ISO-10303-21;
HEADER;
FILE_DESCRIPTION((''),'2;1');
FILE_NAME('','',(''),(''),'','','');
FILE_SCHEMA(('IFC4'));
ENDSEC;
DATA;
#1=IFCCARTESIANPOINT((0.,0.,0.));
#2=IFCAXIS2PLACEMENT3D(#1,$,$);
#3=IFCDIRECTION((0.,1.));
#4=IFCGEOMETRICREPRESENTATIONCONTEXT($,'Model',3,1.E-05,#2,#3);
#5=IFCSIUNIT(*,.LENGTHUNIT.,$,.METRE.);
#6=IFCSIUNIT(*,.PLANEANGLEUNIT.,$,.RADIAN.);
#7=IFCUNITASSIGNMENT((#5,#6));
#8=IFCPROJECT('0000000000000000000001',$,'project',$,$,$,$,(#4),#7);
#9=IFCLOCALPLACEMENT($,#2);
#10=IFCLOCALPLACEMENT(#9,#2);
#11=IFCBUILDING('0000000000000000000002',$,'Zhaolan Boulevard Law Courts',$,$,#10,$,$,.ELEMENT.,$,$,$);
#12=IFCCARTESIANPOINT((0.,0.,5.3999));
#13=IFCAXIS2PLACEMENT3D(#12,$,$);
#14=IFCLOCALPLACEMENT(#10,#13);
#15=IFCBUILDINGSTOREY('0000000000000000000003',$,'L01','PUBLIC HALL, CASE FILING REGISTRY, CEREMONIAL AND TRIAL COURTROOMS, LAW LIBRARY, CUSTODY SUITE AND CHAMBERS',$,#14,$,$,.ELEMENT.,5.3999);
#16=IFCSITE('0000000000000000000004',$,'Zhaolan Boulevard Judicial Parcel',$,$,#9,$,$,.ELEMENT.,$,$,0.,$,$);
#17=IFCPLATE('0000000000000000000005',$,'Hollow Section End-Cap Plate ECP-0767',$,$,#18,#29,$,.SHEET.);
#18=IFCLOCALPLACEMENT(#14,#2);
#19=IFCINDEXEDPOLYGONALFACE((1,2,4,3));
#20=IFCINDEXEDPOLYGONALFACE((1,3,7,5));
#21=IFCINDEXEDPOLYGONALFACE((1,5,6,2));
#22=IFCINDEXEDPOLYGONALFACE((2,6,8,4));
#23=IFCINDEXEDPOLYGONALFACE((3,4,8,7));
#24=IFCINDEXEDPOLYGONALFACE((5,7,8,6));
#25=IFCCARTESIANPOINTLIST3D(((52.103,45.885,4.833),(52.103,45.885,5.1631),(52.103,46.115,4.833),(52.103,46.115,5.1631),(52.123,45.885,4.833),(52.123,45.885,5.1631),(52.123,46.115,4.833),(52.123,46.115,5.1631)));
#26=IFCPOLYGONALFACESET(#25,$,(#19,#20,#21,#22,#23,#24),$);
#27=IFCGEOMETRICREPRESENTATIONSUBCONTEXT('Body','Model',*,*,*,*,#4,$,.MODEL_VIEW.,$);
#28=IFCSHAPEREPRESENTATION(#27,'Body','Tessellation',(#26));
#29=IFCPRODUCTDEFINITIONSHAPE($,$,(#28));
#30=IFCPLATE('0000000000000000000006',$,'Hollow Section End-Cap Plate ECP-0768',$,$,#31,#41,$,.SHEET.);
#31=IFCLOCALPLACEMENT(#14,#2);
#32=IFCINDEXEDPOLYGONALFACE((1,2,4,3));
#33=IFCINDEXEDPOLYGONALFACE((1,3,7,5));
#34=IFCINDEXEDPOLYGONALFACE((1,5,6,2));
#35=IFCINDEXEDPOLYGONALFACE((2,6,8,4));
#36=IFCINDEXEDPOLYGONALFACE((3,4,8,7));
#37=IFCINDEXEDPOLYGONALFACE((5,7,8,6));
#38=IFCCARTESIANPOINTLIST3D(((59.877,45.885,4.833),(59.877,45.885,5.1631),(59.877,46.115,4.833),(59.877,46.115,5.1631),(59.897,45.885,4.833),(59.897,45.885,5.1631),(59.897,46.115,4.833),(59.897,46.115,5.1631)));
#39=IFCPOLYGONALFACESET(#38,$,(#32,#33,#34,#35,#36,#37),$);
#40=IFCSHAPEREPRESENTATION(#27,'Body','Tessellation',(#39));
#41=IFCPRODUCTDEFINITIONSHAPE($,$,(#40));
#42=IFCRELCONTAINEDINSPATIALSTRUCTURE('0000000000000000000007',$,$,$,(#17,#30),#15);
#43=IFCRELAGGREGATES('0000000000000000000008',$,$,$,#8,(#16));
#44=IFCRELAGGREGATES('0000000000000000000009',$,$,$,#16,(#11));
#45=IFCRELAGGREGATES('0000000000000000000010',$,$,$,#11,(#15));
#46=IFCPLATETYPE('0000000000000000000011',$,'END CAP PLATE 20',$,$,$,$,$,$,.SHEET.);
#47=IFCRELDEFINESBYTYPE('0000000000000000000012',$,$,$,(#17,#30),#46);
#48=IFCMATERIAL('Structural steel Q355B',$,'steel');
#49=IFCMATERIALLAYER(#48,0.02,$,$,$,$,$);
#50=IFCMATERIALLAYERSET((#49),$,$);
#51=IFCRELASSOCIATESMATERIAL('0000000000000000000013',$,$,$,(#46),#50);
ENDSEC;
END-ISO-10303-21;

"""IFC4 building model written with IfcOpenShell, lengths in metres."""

from ifc_helpers import new_model, si_unit, direction, frame, origin, origin_2d, place, context, subcontext, project, spatial, rectangle, extrude, material, layer, layer_set, type_object, element, save


model = new_model("IFC4")

# Units and contexts
model_context = context("Model", 3, precision=1e-05, world=origin(), true_north=direction((0.0, 1.0)))
body_context = subcontext(model_context, "Body", "Model", "MODEL_VIEW")
ifc_project = project(units=[si_unit("LENGTHUNIT", "METRE"), si_unit("PLANEANGLEUNIT", "RADIAN")], contexts=[model_context])

# Site, building, storey
site_placement = place(None, origin())
site = spatial("IfcSite", under=ifc_project, at=site_placement, Name="Zhaolan Boulevard Judicial Parcel", CompositionType="ELEMENT", RefElevation=0.0)
building_placement = place(site_placement, origin())
building = spatial("IfcBuilding", under=site, at=building_placement, Name="Zhaolan Boulevard Law Courts", CompositionType="ELEMENT")
storey_placement = place(building_placement, frame((0.0, 0.0, 5.3999)))
storey = spatial("IfcBuildingStorey", under=building, at=storey_placement, Name="L01", Description="PUBLIC HALL, CASE FILING REGISTRY, CEREMONIAL AND TRIAL COURTROOMS, LAW LIBRARY, CUSTODY SUITE AND CHAMBERS", CompositionType="ELEMENT", Elevation=5.3999)

# Plates
ifc_material_1 = material(Name="Structural steel Q355B", Category="steel")
ifc_layer_1 = layer(ifc_material_1, 0.02)
ifc_layer_set_1 = layer_set([ifc_layer_1])
plate_type_1 = type_object("IfcPlateType", Name="END CAP PLATE 20", PredefinedType="SHEET", material=ifc_layer_set_1)
for number, where, z_axis, x_axis, name in (
    (1, (52.113, 46.0, 4.833), (0.0, 0.0, 1.0), (1.0, 0.0, 0.0), "Hollow Section End-Cap Plate ECP-0767"),
    (2, (59.887, 46.0, 4.833), (0.0, 0.0, 1.0), (1.0, 0.0, 0.0), "Hollow Section End-Cap Plate ECP-0768"),
):
    element("IfcPlate", number, at=place(storey_placement, frame(where, z_axis=z_axis, x_axis=x_axis)), inside=storey, type_object=plate_type_1, Name=name, PredefinedType="SHEET", context=body_context, shape_type="SweptSolid", body=[
        extrude(rectangle(XDim=0.02, YDim=0.23, at=origin_2d()), origin(), (0.0, 0.0, 1.0), 0.3301),
    ])

save(model, "model.ifc")
